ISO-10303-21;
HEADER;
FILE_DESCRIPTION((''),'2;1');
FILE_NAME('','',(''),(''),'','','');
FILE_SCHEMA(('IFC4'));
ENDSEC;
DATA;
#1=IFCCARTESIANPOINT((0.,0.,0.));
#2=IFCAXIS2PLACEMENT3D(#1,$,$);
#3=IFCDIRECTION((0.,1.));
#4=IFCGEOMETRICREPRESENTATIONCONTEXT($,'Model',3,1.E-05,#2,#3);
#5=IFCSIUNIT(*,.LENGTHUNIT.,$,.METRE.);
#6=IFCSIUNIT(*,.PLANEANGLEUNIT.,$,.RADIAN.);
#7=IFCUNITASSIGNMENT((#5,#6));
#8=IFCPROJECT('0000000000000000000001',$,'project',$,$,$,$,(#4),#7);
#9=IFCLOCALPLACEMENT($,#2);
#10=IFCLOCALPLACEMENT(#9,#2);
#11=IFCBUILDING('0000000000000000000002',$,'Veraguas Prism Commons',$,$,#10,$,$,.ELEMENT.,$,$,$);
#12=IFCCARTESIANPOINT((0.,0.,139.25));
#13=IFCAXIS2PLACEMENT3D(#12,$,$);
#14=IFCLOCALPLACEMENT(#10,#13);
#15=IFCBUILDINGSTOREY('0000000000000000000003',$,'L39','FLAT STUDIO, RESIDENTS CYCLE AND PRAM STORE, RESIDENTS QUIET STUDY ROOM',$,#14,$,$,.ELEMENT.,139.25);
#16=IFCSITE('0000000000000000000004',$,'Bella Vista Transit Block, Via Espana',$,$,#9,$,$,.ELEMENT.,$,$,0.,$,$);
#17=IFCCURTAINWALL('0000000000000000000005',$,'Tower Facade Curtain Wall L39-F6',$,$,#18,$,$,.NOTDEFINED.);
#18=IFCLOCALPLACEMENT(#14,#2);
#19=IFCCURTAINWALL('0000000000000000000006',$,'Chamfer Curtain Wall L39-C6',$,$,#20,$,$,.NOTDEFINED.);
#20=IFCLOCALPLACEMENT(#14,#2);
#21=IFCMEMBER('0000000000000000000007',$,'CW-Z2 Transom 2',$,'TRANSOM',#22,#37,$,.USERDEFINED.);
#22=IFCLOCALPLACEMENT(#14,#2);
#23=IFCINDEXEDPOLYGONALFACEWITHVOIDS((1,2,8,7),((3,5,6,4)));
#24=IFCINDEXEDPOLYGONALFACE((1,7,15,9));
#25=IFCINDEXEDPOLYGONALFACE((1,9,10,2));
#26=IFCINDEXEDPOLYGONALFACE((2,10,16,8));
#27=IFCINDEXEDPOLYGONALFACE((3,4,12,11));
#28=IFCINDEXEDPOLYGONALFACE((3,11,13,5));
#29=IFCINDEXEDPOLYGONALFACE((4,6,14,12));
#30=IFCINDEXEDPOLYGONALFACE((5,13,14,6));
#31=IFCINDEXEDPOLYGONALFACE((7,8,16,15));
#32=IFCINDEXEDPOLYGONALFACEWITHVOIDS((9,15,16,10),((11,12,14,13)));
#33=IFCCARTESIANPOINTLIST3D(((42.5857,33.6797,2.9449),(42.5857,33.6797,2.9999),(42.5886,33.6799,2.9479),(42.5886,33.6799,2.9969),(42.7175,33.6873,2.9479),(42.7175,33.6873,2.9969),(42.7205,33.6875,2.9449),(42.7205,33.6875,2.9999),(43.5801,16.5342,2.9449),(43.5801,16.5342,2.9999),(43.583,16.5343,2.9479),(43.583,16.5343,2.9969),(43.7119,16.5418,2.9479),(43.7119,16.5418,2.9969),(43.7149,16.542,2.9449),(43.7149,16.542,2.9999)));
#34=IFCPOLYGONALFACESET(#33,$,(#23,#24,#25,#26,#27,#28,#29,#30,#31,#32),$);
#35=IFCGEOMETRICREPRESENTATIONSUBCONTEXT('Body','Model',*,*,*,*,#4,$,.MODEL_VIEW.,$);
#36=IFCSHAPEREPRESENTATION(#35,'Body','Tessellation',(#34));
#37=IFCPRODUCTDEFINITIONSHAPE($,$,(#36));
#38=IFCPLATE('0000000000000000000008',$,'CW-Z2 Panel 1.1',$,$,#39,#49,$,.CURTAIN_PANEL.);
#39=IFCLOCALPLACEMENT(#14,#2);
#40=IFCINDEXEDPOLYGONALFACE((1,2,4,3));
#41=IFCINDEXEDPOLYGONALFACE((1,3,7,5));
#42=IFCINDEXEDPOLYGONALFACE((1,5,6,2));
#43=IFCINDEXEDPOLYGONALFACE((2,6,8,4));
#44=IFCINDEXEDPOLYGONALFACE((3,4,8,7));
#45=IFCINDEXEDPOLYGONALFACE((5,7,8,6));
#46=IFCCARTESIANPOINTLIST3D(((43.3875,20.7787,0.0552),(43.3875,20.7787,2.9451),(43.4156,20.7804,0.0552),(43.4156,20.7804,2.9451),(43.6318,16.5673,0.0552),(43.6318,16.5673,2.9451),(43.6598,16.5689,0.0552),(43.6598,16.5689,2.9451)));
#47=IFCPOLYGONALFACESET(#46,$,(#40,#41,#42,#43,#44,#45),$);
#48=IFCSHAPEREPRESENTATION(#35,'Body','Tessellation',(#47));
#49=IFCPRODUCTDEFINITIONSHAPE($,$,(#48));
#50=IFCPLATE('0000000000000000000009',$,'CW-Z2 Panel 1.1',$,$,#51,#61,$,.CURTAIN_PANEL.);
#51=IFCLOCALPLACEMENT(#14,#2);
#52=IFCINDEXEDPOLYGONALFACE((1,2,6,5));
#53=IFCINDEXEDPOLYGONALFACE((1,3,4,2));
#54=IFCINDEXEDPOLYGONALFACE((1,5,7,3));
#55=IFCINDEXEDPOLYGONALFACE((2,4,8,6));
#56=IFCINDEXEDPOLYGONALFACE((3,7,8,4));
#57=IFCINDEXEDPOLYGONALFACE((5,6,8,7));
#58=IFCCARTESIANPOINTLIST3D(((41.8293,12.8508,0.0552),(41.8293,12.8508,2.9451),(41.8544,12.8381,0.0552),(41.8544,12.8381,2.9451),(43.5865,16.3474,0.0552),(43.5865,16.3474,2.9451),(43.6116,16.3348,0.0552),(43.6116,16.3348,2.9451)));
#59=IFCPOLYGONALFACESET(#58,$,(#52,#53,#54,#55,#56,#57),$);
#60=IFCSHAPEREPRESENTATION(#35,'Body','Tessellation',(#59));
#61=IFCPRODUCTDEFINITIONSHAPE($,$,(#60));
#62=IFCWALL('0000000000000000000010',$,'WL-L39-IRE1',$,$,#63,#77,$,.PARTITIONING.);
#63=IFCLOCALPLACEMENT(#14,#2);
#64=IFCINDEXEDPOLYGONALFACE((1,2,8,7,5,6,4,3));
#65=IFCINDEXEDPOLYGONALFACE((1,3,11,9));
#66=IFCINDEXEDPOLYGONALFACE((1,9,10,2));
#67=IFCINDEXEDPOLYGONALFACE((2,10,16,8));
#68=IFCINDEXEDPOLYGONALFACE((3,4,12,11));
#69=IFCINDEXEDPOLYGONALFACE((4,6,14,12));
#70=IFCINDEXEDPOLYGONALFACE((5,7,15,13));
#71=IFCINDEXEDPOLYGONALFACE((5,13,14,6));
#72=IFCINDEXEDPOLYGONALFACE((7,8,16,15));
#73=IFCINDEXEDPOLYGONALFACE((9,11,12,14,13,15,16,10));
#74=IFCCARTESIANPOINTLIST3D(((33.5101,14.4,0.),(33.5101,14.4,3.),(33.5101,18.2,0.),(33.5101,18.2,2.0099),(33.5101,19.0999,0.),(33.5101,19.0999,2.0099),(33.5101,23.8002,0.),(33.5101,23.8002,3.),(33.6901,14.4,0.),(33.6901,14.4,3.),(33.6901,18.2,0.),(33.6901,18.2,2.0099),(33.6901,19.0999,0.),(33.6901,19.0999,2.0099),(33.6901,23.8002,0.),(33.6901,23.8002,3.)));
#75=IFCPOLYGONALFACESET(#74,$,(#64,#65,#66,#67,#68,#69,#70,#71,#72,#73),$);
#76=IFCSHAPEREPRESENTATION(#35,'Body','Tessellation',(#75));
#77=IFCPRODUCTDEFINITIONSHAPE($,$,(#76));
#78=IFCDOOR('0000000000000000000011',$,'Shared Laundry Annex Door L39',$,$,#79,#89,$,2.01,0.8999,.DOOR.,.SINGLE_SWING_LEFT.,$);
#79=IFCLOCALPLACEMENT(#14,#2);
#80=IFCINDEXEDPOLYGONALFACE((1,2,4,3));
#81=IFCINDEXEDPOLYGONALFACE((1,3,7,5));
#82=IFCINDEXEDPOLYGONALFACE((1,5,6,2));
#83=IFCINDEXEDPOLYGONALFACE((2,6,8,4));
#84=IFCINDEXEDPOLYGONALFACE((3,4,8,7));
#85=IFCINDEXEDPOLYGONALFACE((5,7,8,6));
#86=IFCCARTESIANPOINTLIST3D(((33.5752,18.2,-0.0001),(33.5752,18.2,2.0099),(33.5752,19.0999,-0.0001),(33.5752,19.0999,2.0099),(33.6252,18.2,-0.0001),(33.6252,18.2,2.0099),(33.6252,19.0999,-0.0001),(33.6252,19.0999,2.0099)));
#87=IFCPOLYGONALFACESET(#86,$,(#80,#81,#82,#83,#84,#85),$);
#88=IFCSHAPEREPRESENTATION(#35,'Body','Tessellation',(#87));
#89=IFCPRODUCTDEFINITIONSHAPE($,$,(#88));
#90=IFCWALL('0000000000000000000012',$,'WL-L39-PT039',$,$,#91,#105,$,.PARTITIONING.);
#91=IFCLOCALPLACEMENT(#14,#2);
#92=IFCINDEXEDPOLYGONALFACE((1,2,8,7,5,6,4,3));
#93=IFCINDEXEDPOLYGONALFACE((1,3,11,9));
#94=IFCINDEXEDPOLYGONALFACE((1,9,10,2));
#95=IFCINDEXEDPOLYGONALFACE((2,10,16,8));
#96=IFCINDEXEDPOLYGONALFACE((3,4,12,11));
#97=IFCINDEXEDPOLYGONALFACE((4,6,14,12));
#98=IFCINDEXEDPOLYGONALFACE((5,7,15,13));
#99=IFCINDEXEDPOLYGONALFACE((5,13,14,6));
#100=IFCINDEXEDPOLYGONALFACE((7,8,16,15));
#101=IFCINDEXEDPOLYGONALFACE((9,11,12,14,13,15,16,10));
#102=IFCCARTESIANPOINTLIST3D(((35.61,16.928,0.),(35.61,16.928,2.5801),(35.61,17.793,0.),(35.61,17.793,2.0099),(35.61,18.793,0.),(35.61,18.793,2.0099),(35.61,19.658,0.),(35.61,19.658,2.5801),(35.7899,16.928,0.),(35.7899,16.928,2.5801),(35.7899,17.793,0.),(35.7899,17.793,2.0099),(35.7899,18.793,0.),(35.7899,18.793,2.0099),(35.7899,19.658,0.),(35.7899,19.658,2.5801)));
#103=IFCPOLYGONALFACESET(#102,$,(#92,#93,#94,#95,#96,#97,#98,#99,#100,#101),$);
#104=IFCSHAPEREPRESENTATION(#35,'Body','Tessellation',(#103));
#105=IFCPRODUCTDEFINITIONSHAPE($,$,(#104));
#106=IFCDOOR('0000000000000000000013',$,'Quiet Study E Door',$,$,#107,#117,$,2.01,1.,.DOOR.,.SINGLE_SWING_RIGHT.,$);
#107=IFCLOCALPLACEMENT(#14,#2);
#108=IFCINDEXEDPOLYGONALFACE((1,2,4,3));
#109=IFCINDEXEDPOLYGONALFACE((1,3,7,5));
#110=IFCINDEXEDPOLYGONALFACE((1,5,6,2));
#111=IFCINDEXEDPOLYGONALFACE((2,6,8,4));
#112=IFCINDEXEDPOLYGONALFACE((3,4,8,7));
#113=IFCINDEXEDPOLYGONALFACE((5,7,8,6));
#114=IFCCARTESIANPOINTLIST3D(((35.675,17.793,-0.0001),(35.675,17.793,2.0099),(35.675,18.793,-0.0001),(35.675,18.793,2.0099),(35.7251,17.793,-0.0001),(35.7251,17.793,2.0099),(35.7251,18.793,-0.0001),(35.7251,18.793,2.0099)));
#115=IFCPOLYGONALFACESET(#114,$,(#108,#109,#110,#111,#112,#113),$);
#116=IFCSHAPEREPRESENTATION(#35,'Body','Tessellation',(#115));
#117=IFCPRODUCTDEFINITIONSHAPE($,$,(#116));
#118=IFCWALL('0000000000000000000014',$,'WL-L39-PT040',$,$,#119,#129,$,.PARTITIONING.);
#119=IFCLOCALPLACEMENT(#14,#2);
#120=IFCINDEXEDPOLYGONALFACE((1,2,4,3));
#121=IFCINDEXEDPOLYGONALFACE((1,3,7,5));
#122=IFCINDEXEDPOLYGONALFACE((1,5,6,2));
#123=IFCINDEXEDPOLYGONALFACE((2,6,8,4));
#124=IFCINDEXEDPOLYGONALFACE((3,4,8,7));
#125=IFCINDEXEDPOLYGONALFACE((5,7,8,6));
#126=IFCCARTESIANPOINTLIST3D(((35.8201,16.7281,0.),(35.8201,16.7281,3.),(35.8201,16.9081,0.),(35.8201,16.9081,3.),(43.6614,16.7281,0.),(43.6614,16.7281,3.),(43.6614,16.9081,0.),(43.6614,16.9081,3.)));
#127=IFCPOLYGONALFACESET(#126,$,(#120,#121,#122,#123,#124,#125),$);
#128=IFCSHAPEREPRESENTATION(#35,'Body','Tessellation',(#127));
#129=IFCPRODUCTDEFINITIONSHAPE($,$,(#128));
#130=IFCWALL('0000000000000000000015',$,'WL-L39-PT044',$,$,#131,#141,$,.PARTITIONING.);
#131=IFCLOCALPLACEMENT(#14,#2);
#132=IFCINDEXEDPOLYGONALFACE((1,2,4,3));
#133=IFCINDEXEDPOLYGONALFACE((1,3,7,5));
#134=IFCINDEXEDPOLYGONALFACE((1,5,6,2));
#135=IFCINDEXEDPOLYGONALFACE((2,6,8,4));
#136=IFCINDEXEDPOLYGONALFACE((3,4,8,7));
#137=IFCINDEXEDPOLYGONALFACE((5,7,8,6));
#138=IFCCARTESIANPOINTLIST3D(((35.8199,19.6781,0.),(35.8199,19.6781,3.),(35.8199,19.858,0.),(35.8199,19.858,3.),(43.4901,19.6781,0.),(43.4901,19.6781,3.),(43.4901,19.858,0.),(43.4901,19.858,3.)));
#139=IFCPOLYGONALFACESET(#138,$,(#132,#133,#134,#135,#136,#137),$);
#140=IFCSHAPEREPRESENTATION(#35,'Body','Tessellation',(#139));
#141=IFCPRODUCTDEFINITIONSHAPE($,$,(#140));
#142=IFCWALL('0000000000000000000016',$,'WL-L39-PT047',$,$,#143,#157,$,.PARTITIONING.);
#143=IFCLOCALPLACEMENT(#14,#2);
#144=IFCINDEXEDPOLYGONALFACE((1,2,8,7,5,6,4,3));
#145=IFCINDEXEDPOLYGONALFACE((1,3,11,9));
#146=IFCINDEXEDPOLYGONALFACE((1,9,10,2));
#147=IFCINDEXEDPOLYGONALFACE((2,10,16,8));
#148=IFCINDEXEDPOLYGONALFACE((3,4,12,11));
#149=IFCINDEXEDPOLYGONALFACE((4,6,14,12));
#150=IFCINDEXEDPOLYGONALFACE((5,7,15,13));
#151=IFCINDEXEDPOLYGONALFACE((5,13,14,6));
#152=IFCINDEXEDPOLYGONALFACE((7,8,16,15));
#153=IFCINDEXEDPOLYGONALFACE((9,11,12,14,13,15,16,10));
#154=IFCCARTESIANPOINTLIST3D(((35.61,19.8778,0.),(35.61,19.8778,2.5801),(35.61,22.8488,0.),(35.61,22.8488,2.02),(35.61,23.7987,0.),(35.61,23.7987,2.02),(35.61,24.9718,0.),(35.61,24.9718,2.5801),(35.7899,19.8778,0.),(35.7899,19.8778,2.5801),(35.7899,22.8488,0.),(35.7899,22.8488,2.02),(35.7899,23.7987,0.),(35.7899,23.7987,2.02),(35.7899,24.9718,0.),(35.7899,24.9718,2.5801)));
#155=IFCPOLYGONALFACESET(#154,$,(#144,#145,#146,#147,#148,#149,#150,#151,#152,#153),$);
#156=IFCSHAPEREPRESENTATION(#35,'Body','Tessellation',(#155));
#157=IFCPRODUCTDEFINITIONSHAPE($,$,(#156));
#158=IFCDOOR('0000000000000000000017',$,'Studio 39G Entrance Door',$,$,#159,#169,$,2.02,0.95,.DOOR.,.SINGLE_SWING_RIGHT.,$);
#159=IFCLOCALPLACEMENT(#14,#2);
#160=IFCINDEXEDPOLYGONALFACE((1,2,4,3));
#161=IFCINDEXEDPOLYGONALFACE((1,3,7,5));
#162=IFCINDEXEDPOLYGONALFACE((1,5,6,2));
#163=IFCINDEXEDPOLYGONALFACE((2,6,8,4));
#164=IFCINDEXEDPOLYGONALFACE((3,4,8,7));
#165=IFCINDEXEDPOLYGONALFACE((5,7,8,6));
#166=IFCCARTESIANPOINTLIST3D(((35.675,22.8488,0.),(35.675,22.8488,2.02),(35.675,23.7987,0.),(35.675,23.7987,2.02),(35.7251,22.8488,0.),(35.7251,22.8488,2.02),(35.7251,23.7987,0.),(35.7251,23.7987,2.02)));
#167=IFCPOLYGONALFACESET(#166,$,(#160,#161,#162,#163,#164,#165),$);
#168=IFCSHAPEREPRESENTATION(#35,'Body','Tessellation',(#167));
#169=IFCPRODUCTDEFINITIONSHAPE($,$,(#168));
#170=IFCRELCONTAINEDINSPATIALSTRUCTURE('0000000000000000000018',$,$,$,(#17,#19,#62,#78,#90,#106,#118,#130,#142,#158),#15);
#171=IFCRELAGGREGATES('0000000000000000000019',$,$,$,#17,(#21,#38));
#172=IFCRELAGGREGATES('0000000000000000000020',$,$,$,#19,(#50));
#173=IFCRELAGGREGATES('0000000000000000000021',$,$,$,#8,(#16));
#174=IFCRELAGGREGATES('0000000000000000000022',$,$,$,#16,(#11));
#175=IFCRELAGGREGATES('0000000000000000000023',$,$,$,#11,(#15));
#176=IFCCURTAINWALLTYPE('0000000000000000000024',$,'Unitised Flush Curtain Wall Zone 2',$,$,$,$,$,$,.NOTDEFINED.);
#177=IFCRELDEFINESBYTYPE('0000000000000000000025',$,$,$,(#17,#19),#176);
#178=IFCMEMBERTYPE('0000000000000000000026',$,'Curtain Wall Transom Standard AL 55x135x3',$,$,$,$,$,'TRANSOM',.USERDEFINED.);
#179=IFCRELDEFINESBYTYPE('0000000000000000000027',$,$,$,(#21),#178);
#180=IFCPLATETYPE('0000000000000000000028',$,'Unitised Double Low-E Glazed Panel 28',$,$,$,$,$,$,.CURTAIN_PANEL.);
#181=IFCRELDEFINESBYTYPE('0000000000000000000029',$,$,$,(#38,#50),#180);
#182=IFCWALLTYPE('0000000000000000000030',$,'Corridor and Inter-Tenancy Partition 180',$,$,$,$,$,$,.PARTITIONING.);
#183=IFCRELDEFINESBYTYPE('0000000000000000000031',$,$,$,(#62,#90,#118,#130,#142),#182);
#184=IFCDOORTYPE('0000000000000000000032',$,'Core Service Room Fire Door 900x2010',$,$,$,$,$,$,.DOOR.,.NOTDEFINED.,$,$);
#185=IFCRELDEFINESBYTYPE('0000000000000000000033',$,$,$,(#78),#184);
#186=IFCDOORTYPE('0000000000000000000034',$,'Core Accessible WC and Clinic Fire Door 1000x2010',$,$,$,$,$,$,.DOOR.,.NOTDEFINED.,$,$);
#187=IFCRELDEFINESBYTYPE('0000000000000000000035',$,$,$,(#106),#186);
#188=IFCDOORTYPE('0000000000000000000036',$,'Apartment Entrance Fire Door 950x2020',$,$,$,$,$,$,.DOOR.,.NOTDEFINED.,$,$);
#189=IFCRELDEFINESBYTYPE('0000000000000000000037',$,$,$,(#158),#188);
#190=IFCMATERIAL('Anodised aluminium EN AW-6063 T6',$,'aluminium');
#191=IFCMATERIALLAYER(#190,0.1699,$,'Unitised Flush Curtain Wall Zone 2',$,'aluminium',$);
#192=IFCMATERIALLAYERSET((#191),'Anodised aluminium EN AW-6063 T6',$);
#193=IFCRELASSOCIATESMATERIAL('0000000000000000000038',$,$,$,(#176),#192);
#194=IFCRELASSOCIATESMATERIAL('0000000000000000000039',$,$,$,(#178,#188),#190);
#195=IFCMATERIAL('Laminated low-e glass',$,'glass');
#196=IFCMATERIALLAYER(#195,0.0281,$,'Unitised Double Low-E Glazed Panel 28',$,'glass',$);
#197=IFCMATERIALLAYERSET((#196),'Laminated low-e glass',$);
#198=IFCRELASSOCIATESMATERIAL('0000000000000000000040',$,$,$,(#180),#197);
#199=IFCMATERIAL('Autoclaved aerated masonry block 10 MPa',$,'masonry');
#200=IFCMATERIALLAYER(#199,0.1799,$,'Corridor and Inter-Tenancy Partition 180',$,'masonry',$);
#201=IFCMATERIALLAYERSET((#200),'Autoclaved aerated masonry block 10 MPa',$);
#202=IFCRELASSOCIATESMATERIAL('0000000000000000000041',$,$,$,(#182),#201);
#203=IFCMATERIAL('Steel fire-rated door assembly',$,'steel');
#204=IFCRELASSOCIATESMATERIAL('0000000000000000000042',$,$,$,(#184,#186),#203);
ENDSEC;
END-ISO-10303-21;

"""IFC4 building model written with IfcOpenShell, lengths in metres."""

from ifc_helpers import new_model, si_unit, direction, frame, frame_2d, origin, origin_2d, place, context, subcontext, project, spatial, rectangle, hollow_rectangle, extrude, source, transform, mapped, material, layer, layer_set, material_profile, profile_set, type_object, element, fill, aggregate, save


model = new_model("IFC4")

# Units and contexts
model_context = context("Model", 3, precision=1e-05, world=origin(), true_north=direction((0.0, 1.0)))
body_context = subcontext(model_context, "Body", "Model", "MODEL_VIEW")
ifc_project = project(units=[si_unit("LENGTHUNIT", "METRE"), si_unit("PLANEANGLEUNIT", "RADIAN")], contexts=[model_context])

# Site, building, storey
site_placement = place(None, origin())
site = spatial("IfcSite", under=ifc_project, at=site_placement, Name="Bella Vista Transit Block, Via Espana", CompositionType="ELEMENT", RefElevation=0.0)
building_placement = place(site_placement, origin())
building = spatial("IfcBuilding", under=site, at=building_placement, Name="Veraguas Prism Commons", CompositionType="ELEMENT")
storey_placement = place(building_placement, frame((0.0, 0.0, 139.25)))
storey = spatial("IfcBuildingStorey", under=building, at=storey_placement, Name="L39", Description="FLAT STUDIO, RESIDENTS CYCLE AND PRAM STORE, RESIDENTS QUIET STUDY ROOM", CompositionType="ELEMENT", Elevation=139.25)

# Curtain wall
ifc_material_1 = material(Name="Anodised aluminium EN AW-6063 T6", Category="aluminium")
ifc_layer_1 = layer(ifc_material_1, 0.1699, Name="Unitised Flush Curtain Wall Zone 2", Category="aluminium")
ifc_layer_set_1 = layer_set([ifc_layer_1], Name="Anodised aluminium EN AW-6063 T6")
curtain_wall_type = type_object("IfcCurtainWallType", Name="Unitised Flush Curtain Wall Zone 2", PredefinedType="NOTDEFINED", material=ifc_layer_set_1)
curtain_wall_1_placement = place(storey_placement, origin())
curtain_wall_1 = element("IfcCurtainWall", 1, at=curtain_wall_1_placement, inside=storey, type_object=curtain_wall_type, Name="Tower Facade Curtain Wall L39-F6", PredefinedType="NOTDEFINED")

# Curtain wall
curtain_wall_2_placement = place(storey_placement, origin())
curtain_wall_2 = element("IfcCurtainWall", 2, at=curtain_wall_2_placement, inside=storey, type_object=curtain_wall_type, Name="Chamfer Curtain Wall L39-C6", PredefinedType="NOTDEFINED")

# Member
ifc_material_profile_1 = material_profile(ifc_material_1, hollow_rectangle(XDim=0.0549, YDim=0.135, WallThickness=0.0029, at=origin_2d()), Name="AL55X135X3")
ifc_profile_set_1 = profile_set([ifc_material_profile_1], Name="Anodised aluminium EN AW-6063 T6")
member_type_1 = type_object("IfcMemberType", Name="Curtain Wall Transom Standard AL 55x135x3", ElementType="TRANSOM", PredefinedType="USERDEFINED", material=ifc_profile_set_1)
shared_shape_1 = source(origin(), body_context, "Body", "SweptSolid", [
    extrude(hollow_rectangle(XDim=0.0549, YDim=0.135, WallThickness=0.0029, at=origin_2d()), origin(), (0.0, 0.0, 1.0), 17.1743),
])
member_1_placement = place(storey_placement, frame((43.6475, 16.5381, 2.9724), z_axis=(-0.0579, 0.998322, 0.0), x_axis=(0.0, 0.0, 1.0)))
member_1 = element("IfcMember", 3, at=member_1_placement, type_object=member_type_1, Name="CW-Z2 Transom 2", ObjectType="TRANSOM", PredefinedType="USERDEFINED", context=body_context, shape_type="MappedRepresentation", body=[
    mapped(shared_shape_1, transform((0.0, 0.0, 0.0), scale=1.0)),
])

# Plates
ifc_material_2 = material(Name="Laminated low-e glass", Category="glass")
ifc_layer_2 = layer(ifc_material_2, 0.0281, Name="Unitised Double Low-E Glazed Panel 28", Category="glass")
ifc_layer_set_2 = layer_set([ifc_layer_2], Name="Laminated low-e glass")
plate_type = type_object("IfcPlateType", Name="Unitised Double Low-E Glazed Panel 28", PredefinedType="CURTAIN_PANEL", material=ifc_layer_set_2)
shared_shape_2 = source(origin(), body_context, "Body", "SweptSolid", [
    extrude(rectangle(XDim=4.2185, YDim=0.0281, at=origin_2d()), origin(), (0.0, 0.0, 1.0), 2.8899),
])
plate_1_placement = place(storey_placement, frame((43.5237, 18.6738, 0.0552), z_axis=(0.0, 0.0, 1.0), x_axis=(-0.057907, 0.998322, 0.0)))
plate_1 = element("IfcPlate", 4, at=plate_1_placement, type_object=plate_type, Name="CW-Z2 Panel 1.1", PredefinedType="CURTAIN_PANEL", context=body_context, shape_type="MappedRepresentation", body=[
    mapped(shared_shape_2, transform((0.0, 0.0, 0.0), scale=1.0)),
])
aggregate(curtain_wall_1, [member_1, plate_1])
shared_shape_3 = source(origin(), body_context, "Body", "SweptSolid", [
    extrude(rectangle(XDim=3.9133, YDim=0.0281, at=origin_2d()), origin(), (0.0, 0.0, 1.0), 2.8899),
])
plate_2_placement = place(storey_placement, frame((42.7205, 14.5928, 0.0552), z_axis=(0.0, 0.0, 1.0), x_axis=(0.449018, 0.893523, 0.0)))
plate_2 = element("IfcPlate", 5, at=plate_2_placement, type_object=plate_type, Name="CW-Z2 Panel 1.1", PredefinedType="CURTAIN_PANEL", context=body_context, shape_type="MappedRepresentation", body=[
    mapped(shared_shape_3, transform((0.0, 0.0, 0.0), scale=1.0)),
])
aggregate(curtain_wall_2, [plate_2])

# Walls, openings, doors
ifc_material_3 = material(Name="Autoclaved aerated masonry block 10 MPa", Category="masonry")
ifc_layer_3 = layer(ifc_material_3, 0.1799, Name="Corridor and Inter-Tenancy Partition 180", Category="masonry")
ifc_layer_set_3 = layer_set([ifc_layer_3], Name="Autoclaved aerated masonry block 10 MPa")
wall_type_1 = type_object("IfcWallType", Name="Corridor and Inter-Tenancy Partition 180", PredefinedType="PARTITIONING", material=ifc_layer_set_3)
wall_1_placement = place(storey_placement, frame((33.6001, 14.3999, 0.0), z_axis=(0.0, 0.0, 1.0), x_axis=(0.0, 1.0, 0.0)))
wall_1 = element("IfcWall", 6, at=wall_1_placement, inside=storey, type_object=wall_type_1, Name="WL-L39-IRE1", PredefinedType="PARTITIONING", context=body_context, shape_type="SweptSolid", body=[
    extrude(rectangle(XDim=9.4001, YDim=0.1799, at=frame_2d((4.7002, 0.0))), origin(), (0.0, 0.0, 1.0), 3.0),
])
opening_1_placement = place(wall_1_placement, frame((3.8, 0.0, 0.0)))
opening_1 = element("IfcOpeningElement", 7, at=opening_1_placement, cuts=wall_1, PredefinedType="OPENING", context=body_context, shape_type="SweptSolid", body=[
    extrude(rectangle(XDim=0.8999, YDim=2.01, at=frame_2d((0.45, 1.0049))), frame((0.0, 0.0999, 0.0), z_axis=(0.0, -1.0, 0.0), x_axis=(1.0, 0.0, 0.0)), (0.0, 0.0, 1.0), 0.2),
])
ifc_material_4 = material(Name="Steel fire-rated door assembly", Category="steel")
door_type_1 = type_object("IfcDoorType", Name="Core Service Room Fire Door 900x2010", OperationType="NOTDEFINED", PredefinedType="DOOR", material=ifc_material_4)
shared_shape_4 = source(origin(), body_context, "Body", "SweptSolid", [
    extrude(rectangle(XDim=0.8999, YDim=2.01, at=frame_2d((0.45, 1.0049))), frame((0.0, 0.0249, 0.0), z_axis=(0.0, -1.0, 0.0), x_axis=(1.0, 0.0, 0.0)), (0.0, 0.0, 1.0), 0.05),
])
door_1_placement = place(opening_1_placement, origin())
door_1 = element("IfcDoor", 8, at=door_1_placement, inside=storey, type_object=door_type_1, Name="Shared Laundry Annex Door L39", OperationType="SINGLE_SWING_LEFT", OverallHeight=2.01, OverallWidth=0.8999, PredefinedType="DOOR", context=body_context, shape_type="MappedRepresentation", body=[
    mapped(shared_shape_4, transform((0.0, 0.0, 0.0), scale=1.0)),
])
fill(opening_1, door_1)
wall_2_placement = place(storey_placement, frame((35.7, 16.928, 0.0), z_axis=(0.0, 0.0, 1.0), x_axis=(0.0, 1.0, 0.0)))
wall_2 = element("IfcWall", 9, at=wall_2_placement, inside=storey, type_object=wall_type_1, Name="WL-L39-PT039", PredefinedType="PARTITIONING", context=body_context, shape_type="SweptSolid", body=[
    extrude(rectangle(XDim=2.73, YDim=0.1799, at=frame_2d((1.365, 0.0))), origin(), (0.0, 0.0, 1.0), 2.5801),
])
opening_2_placement = place(wall_2_placement, frame((0.865, 0.0, 0.0)))
opening_2 = element("IfcOpeningElement", 10, at=opening_2_placement, cuts=wall_2, PredefinedType="OPENING", context=body_context, shape_type="SweptSolid", body=[
    extrude(rectangle(XDim=1.0, YDim=2.01, at=frame_2d((0.5, 1.0049))), frame((0.0, 0.0999, 0.0), z_axis=(0.0, -1.0, 0.0), x_axis=(1.0, 0.0, 0.0)), (0.0, 0.0, 1.0), 0.2),
])
door_type_2 = type_object("IfcDoorType", Name="Core Accessible WC and Clinic Fire Door 1000x2010", OperationType="NOTDEFINED", PredefinedType="DOOR", material=ifc_material_4)
shared_shape_5 = source(origin(), body_context, "Body", "SweptSolid", [
    extrude(rectangle(XDim=1.0, YDim=2.01, at=frame_2d((0.5, 1.0049))), frame((0.0, 0.0249, 0.0), z_axis=(0.0, -1.0, 0.0), x_axis=(1.0, 0.0, 0.0)), (0.0, 0.0, 1.0), 0.05),
])
door_2_placement = place(opening_2_placement, origin())
door_2 = element("IfcDoor", 11, at=door_2_placement, inside=storey, type_object=door_type_2, Name="Quiet Study E Door", OperationType="SINGLE_SWING_RIGHT", OverallHeight=2.01, OverallWidth=1.0, PredefinedType="DOOR", context=body_context, shape_type="MappedRepresentation", body=[
    mapped(shared_shape_5, transform((0.0, 0.0, 0.0), scale=1.0)),
])
fill(opening_2, door_2)

# Walls
wall_3_placement = place(storey_placement, frame((35.8201, 16.8181, 0.0), z_axis=(0.0, 0.0, 1.0), x_axis=(1.0, 0.0, 0.0)))
element("IfcWall", 12, at=wall_3_placement, inside=storey, type_object=wall_type_1, Name="WL-L39-PT040", PredefinedType="PARTITIONING", context=body_context, shape_type="SweptSolid", body=[
    extrude(rectangle(XDim=7.8413, YDim=0.1799, at=frame_2d((3.9207, 0.0))), origin(), (0.0, 0.0, 1.0), 3.0),
])
wall_4_placement = place(storey_placement, frame((35.8201, 19.7681, 0.0), z_axis=(0.0, 0.0, 1.0), x_axis=(1.0, 0.0, 0.0)))
element("IfcWall", 13, at=wall_4_placement, inside=storey, type_object=wall_type_1, Name="WL-L39-PT044", PredefinedType="PARTITIONING", context=body_context, shape_type="SweptSolid", body=[
    extrude(rectangle(XDim=7.6702, YDim=0.1799, at=frame_2d((3.835, 0.0))), origin(), (0.0, 0.0, 1.0), 3.0),
])

# Wall, opening, door
wall_5_placement = place(storey_placement, frame((35.7, 19.8779, 0.0), z_axis=(0.0, 0.0, 1.0), x_axis=(0.0, 1.0, 0.0)))
wall_5 = element("IfcWall", 14, at=wall_5_placement, inside=storey, type_object=wall_type_1, Name="WL-L39-PT047", PredefinedType="PARTITIONING", context=body_context, shape_type="SweptSolid", body=[
    extrude(rectangle(XDim=5.094, YDim=0.1799, at=frame_2d((2.5469, 0.0))), origin(), (0.0, 0.0, 1.0), 2.5801),
])
opening_3_placement = place(wall_5_placement, frame((2.9707, 0.0, 0.0)))
opening_3 = element("IfcOpeningElement", 15, at=opening_3_placement, cuts=wall_5, PredefinedType="OPENING", context=body_context, shape_type="SweptSolid", body=[
    extrude(rectangle(XDim=0.95, YDim=2.02, at=frame_2d((0.4751, 1.01))), frame((0.0, 0.0999, 0.0), z_axis=(0.0, -1.0, 0.0), x_axis=(1.0, 0.0, 0.0)), (0.0, 0.0, 1.0), 0.2),
])
door_type_3 = type_object("IfcDoorType", Name="Apartment Entrance Fire Door 950x2020", OperationType="NOTDEFINED", PredefinedType="DOOR", material=ifc_material_1)
shared_shape_6 = source(origin(), body_context, "Body", "SweptSolid", [
    extrude(rectangle(XDim=0.95, YDim=2.02, at=frame_2d((0.4751, 1.01))), frame((0.0, 0.0249, 0.0), z_axis=(0.0, -1.0, 0.0), x_axis=(1.0, 0.0, 0.0)), (0.0, 0.0, 1.0), 0.05),
])
door_3_placement = place(opening_3_placement, origin())
door_3 = element("IfcDoor", 16, at=door_3_placement, inside=storey, type_object=door_type_3, Name="Studio 39G Entrance Door", OperationType="SINGLE_SWING_RIGHT", OverallHeight=2.02, OverallWidth=0.95, PredefinedType="DOOR", context=body_context, shape_type="MappedRepresentation", body=[
    mapped(shared_shape_6, transform((0.0, 0.0, 0.0), scale=1.0)),
])
fill(opening_3, door_3)

save(model, "model.ifc")
